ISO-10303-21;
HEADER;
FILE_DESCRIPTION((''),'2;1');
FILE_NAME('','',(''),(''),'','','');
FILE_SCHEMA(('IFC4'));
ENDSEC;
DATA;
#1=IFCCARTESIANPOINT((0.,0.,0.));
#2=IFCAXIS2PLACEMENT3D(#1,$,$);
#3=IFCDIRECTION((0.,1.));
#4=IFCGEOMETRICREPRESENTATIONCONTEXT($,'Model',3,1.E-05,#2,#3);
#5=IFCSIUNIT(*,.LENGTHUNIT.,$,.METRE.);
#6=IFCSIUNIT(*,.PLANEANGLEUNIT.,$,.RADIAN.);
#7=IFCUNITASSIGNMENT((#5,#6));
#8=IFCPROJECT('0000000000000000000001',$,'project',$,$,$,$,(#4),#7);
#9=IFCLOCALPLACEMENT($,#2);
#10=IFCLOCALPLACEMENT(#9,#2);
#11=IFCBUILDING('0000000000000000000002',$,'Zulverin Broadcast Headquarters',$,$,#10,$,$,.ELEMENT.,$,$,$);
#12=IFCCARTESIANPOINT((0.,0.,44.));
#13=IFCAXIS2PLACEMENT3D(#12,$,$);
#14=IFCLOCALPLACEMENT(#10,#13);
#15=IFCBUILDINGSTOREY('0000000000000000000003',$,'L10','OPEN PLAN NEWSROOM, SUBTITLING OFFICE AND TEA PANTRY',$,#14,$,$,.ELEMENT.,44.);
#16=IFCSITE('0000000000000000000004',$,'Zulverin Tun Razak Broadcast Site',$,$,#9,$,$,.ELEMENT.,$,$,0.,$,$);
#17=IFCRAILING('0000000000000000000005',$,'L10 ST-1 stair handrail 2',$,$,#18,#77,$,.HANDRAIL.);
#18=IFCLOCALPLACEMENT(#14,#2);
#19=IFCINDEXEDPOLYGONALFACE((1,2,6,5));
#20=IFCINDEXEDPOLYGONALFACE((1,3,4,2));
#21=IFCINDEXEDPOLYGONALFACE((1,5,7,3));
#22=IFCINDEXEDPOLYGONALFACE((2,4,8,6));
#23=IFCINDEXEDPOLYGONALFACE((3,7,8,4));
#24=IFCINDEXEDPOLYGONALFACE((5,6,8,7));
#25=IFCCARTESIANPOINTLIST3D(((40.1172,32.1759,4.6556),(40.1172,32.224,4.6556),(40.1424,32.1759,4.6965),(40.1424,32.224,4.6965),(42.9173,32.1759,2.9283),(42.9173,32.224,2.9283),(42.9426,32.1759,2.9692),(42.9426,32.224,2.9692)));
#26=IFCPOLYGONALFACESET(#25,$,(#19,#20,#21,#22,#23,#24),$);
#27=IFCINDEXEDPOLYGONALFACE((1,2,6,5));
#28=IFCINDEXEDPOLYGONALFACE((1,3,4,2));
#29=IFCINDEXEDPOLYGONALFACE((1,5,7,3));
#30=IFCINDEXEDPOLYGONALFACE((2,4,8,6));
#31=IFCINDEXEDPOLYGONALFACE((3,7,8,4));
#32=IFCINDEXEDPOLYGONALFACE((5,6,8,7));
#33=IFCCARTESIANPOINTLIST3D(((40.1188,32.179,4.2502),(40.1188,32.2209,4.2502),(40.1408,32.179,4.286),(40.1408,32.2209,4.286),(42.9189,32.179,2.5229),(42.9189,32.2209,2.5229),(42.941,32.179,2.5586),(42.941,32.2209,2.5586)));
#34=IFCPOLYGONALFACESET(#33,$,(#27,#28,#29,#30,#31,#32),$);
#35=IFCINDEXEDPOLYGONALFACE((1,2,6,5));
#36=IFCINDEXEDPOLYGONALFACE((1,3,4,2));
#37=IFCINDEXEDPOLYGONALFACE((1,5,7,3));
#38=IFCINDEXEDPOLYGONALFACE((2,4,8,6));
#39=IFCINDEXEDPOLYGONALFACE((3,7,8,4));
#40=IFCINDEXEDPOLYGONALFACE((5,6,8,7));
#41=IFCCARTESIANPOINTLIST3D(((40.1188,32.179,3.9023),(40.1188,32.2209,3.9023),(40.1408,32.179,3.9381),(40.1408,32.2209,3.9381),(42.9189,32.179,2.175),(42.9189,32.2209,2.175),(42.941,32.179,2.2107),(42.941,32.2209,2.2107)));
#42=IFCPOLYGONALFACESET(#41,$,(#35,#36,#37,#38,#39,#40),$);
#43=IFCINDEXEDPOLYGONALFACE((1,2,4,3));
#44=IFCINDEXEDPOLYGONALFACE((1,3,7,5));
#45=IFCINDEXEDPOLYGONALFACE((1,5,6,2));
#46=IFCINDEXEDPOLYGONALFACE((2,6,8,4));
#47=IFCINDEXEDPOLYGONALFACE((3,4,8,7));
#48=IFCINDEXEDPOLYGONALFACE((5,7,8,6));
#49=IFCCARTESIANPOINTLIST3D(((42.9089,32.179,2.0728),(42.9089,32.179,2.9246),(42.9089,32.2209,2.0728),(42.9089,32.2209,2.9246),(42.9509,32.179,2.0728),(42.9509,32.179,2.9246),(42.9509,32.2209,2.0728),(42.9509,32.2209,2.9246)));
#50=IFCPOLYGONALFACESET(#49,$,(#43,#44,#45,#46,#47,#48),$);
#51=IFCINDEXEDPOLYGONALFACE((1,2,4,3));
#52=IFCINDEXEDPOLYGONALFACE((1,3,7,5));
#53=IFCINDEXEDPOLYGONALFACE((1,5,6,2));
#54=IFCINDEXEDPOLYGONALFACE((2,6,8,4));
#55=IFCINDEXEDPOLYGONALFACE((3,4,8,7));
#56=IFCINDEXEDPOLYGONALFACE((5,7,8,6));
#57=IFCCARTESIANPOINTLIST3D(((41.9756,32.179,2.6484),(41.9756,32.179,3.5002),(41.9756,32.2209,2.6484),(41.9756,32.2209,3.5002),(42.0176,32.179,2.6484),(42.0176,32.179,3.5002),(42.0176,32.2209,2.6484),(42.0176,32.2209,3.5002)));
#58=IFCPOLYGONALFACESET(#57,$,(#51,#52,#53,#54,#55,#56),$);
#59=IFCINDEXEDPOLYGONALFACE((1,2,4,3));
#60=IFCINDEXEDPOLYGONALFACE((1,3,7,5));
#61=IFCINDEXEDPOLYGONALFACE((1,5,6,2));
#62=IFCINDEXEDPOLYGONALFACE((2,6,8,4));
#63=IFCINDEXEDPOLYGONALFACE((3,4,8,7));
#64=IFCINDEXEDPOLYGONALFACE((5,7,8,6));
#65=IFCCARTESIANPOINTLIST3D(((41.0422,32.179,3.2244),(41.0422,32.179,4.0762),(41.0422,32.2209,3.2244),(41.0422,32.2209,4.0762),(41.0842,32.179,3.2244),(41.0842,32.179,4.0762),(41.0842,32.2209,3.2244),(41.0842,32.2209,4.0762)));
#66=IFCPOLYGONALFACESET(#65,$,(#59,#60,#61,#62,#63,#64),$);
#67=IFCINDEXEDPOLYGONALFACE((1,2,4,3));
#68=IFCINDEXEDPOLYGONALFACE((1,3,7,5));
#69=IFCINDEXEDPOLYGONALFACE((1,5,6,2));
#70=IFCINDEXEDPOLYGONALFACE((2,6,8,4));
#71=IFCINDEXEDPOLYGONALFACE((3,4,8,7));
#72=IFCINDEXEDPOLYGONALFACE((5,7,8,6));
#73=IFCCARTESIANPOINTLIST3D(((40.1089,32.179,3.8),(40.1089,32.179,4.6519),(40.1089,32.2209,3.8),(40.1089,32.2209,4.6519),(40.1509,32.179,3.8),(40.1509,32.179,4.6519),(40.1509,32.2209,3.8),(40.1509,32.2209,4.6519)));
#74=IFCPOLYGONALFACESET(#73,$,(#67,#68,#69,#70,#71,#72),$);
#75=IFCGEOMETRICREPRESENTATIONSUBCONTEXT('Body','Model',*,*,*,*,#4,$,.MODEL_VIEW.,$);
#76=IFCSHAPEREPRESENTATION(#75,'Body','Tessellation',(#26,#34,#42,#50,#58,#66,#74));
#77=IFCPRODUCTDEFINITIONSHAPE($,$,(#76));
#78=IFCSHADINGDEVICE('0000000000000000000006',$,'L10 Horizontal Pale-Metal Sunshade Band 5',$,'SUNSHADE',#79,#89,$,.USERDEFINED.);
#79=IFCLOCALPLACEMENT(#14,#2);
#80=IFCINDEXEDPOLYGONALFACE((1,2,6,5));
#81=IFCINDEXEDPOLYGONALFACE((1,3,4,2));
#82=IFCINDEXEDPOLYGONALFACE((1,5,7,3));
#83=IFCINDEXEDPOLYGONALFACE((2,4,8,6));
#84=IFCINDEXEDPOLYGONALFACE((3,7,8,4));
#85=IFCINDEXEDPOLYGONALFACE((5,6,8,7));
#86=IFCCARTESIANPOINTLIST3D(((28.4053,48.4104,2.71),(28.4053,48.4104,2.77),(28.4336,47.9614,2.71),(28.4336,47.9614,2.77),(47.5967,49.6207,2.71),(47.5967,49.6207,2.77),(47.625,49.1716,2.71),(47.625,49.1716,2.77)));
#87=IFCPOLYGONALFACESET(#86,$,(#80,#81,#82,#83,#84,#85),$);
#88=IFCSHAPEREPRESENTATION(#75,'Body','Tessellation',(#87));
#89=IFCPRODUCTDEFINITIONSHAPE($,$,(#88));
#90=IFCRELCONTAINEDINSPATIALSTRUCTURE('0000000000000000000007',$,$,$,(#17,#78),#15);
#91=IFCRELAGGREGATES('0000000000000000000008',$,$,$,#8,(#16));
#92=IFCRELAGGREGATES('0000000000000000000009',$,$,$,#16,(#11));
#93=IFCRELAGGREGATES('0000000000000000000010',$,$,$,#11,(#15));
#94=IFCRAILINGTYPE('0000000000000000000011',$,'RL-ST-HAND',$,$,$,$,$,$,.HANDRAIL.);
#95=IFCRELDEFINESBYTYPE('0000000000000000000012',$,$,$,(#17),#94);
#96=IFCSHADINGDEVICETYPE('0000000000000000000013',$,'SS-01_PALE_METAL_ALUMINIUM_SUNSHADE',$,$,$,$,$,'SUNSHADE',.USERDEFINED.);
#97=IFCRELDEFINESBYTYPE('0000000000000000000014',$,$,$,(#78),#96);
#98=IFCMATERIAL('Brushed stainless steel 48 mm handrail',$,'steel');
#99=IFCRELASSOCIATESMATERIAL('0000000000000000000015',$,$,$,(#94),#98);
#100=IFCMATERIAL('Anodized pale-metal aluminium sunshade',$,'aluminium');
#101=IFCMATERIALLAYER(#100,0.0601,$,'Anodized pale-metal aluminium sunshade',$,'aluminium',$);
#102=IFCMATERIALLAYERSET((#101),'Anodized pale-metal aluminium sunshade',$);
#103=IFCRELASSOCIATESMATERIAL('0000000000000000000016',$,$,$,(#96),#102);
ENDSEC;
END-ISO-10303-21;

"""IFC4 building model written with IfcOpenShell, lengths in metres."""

from ifc_helpers import new_model, si_unit, direction, frame, origin, origin_2d, place, context, subcontext, project, spatial, rectangle, extrude, material, layer, layer_set, type_object, element, save


model = new_model("IFC4")

# Units and contexts
model_context = context("Model", 3, precision=1e-05, world=origin(), true_north=direction((0.0, 1.0)))
body_context = subcontext(model_context, "Body", "Model", "MODEL_VIEW")
ifc_project = project(units=[si_unit("LENGTHUNIT", "METRE"), si_unit("PLANEANGLEUNIT", "RADIAN")], contexts=[model_context])

# Site, building, storey
site_placement = place(None, origin())
site = spatial("IfcSite", under=ifc_project, at=site_placement, Name="Zulverin Tun Razak Broadcast Site", CompositionType="ELEMENT", RefElevation=0.0)
building_placement = place(site_placement, origin())
building = spatial("IfcBuilding", under=site, at=building_placement, Name="Zulverin Broadcast Headquarters", CompositionType="ELEMENT")
storey_placement = place(building_placement, frame((0.0, 0.0, 44.0)))
storey = spatial("IfcBuildingStorey", under=building, at=storey_placement, Name="L10", Description="OPEN PLAN NEWSROOM, SUBTITLING OFFICE AND TEA PANTRY", CompositionType="ELEMENT", Elevation=44.0)

# Railing
ifc_material_1 = material(Name="Brushed stainless steel 48 mm handrail", Category="steel")
railing_type_1 = type_object("IfcRailingType", Name="RL-ST-HAND", PredefinedType="HANDRAIL", material=ifc_material_1)
railing_1_placement = place(storey_placement, frame((42.9299, 32.2, 2.0728)))
element("IfcRailing", 1, at=railing_1_placement, inside=storey, type_object=railing_type_1, Name="L10 ST-1 stair handrail 2", PredefinedType="HANDRAIL", context=body_context, shape_type="SweptSolid", body=[
    extrude(rectangle(XDim=0.0481, YDim=0.0481, at=origin_2d()), frame((0.0, 0.0, 0.876), z_axis=(-0.85109, 0.0, 0.52502), x_axis=(0.0, -1.0, 0.0)), (0.0, 0.0, 1.0), 3.29),
    extrude(rectangle(XDim=0.042, YDim=0.042, at=origin_2d()), frame((0.0, 0.0, 0.468), z_axis=(-0.85109, 0.0, 0.52502), x_axis=(0.0, -1.0, 0.0)), (0.0, 0.0, 1.0), 3.29),
    extrude(rectangle(XDim=0.042, YDim=0.042, at=origin_2d()), frame((0.0, 0.0, 0.1201), z_axis=(-0.85109, 0.0, 0.52502), x_axis=(0.0, -1.0, 0.0)), (0.0, 0.0, 1.0), 3.29),
    extrude(rectangle(XDim=0.042, YDim=0.042, at=origin_2d()), origin(), (0.0, 0.0, 1.0), 0.8518),
    extrude(rectangle(XDim=0.042, YDim=0.042, at=origin_2d()), frame((-0.9333, 0.0, 0.5757)), (0.0, 0.0, 1.0), 0.8518),
    extrude(rectangle(XDim=0.042, YDim=0.042, at=origin_2d()), frame((-1.8667, 0.0, 1.1516)), (0.0, 0.0, 1.0), 0.8518),
    extrude(rectangle(XDim=0.042, YDim=0.042, at=origin_2d()), frame((-2.8, 0.0, 1.7273)), (0.0, 0.0, 1.0), 0.8518),
])

# Shading device
ifc_material_2 = material(Name="Anodized pale-metal aluminium sunshade", Category="aluminium")
ifc_layer_1 = layer(ifc_material_2, 0.0601, Name="Anodized pale-metal aluminium sunshade", Category="aluminium")
ifc_layer_set_1 = layer_set([ifc_layer_1], Name="Anodized pale-metal aluminium sunshade")
shading_device_type = type_object("IfcShadingDeviceType", Name="SS-01_PALE_METAL_ALUMINIUM_SUNSHADE", ElementType="SUNSHADE", PredefinedType="USERDEFINED", material=ifc_layer_set_1)
shading_device_placement = place(storey_placement, frame((38.0151, 48.791, 2.71), z_axis=(0.0, 0.0, 1.0), x_axis=(-0.998018, -0.062935, 0.0)))
element("IfcShadingDevice", 2, at=shading_device_placement, inside=storey, type_object=shading_device_type, Name="L10 Horizontal Pale-Metal Sunshade Band 5", ObjectType="SUNSHADE", PredefinedType="USERDEFINED", context=body_context, shape_type="SweptSolid", body=[
    extrude(rectangle(XDim=19.2295, YDim=0.45, at=origin_2d()), origin(), (0.0, 0.0, 1.0), 0.0601),
])

save(model, "model.ifc")
